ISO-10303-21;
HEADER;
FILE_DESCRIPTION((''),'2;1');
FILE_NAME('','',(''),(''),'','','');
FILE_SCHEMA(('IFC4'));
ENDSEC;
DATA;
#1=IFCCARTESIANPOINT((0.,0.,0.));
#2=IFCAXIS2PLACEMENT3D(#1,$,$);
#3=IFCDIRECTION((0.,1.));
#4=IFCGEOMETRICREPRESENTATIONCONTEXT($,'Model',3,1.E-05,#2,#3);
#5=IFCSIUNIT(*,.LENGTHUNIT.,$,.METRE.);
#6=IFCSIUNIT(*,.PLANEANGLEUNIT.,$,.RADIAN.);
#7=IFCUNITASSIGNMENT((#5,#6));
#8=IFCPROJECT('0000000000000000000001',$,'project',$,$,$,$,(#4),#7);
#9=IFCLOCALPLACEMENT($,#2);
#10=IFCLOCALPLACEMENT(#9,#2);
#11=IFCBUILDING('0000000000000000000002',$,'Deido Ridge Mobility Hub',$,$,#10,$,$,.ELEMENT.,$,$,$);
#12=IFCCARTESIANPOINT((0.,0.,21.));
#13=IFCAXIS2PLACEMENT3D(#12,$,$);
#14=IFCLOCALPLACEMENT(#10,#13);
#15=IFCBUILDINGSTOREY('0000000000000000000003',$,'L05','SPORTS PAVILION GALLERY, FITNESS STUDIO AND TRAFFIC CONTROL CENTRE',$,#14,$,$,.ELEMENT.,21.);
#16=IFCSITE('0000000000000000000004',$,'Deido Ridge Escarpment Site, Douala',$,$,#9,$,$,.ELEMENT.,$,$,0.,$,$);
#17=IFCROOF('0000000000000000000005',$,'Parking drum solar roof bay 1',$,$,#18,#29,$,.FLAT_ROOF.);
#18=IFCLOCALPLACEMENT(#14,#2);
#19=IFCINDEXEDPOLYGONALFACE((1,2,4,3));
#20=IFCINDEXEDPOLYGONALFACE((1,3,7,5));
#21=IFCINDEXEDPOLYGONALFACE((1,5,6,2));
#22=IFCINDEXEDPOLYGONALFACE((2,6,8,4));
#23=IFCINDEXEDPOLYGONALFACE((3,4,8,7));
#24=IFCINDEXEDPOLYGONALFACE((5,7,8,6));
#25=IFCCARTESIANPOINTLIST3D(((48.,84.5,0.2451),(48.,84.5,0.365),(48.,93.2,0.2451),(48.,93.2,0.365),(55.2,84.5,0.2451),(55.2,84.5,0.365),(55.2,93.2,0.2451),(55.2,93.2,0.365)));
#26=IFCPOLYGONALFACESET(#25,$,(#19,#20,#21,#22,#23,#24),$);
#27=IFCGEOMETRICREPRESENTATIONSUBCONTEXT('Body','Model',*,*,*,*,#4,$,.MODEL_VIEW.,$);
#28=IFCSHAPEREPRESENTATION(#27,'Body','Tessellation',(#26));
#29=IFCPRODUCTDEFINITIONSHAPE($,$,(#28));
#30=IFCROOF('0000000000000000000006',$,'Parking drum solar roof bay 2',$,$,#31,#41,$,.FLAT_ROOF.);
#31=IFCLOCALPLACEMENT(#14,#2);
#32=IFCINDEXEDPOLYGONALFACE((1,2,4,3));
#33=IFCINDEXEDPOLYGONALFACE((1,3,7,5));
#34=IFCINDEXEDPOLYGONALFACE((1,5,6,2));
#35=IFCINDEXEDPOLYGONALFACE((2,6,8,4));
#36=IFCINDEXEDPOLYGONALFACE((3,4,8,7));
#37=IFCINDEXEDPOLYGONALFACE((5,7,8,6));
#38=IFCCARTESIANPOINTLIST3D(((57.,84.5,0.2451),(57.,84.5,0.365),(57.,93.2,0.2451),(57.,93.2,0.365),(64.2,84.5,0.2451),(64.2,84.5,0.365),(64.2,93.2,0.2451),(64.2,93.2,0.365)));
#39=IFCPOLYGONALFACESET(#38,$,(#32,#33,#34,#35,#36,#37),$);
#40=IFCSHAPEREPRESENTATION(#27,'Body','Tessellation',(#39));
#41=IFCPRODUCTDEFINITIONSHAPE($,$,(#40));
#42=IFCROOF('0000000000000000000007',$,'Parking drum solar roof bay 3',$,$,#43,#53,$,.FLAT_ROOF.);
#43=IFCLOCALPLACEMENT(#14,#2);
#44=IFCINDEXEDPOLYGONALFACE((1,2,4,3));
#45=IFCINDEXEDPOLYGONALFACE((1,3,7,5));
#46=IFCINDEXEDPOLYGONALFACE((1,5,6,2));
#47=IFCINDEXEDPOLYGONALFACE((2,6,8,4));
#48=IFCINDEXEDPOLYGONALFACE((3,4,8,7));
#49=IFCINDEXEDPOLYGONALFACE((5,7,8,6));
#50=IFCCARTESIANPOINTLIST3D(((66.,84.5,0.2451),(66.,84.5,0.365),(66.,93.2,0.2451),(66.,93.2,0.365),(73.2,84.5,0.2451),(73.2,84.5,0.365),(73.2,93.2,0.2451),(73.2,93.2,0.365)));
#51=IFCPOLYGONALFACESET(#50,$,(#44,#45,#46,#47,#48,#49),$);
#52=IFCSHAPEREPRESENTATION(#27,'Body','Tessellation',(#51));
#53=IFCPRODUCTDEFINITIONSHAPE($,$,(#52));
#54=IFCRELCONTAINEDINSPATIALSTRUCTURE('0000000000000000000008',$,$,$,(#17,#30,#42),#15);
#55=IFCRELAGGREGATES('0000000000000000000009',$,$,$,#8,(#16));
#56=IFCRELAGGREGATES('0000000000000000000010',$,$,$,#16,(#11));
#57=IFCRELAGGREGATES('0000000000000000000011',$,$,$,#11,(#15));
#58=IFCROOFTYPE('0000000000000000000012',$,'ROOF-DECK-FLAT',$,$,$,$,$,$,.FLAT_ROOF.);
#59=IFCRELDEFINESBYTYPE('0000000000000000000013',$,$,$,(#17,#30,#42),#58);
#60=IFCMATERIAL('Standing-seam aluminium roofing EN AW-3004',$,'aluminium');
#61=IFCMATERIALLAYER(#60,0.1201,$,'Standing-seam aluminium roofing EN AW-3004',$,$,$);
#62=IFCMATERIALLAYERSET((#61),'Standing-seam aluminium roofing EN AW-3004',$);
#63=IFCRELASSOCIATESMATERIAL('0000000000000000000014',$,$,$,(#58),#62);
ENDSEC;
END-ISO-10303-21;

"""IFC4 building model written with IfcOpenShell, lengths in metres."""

from ifc_helpers import new_model, si_unit, direction, frame, origin, place, context, subcontext, project, spatial, polyline, outline, extrude, material, layer, layer_set, type_object, element, save


model = new_model("IFC4")

# Units and contexts
model_context = context("Model", 3, precision=1e-05, world=origin(), true_north=direction((0.0, 1.0)))
body_context = subcontext(model_context, "Body", "Model", "MODEL_VIEW")
ifc_project = project(units=[si_unit("LENGTHUNIT", "METRE"), si_unit("PLANEANGLEUNIT", "RADIAN")], contexts=[model_context])

# Site, building, storey
site_placement = place(None, origin())
site = spatial("IfcSite", under=ifc_project, at=site_placement, Name="Deido Ridge Escarpment Site, Douala", CompositionType="ELEMENT", RefElevation=0.0)
building_placement = place(site_placement, origin())
building = spatial("IfcBuilding", under=site, at=building_placement, Name="Deido Ridge Mobility Hub", CompositionType="ELEMENT")
storey_placement = place(building_placement, frame((0.0, 0.0, 21.0)))
storey = spatial("IfcBuildingStorey", under=building, at=storey_placement, Name="L05", Description="SPORTS PAVILION GALLERY, FITNESS STUDIO AND TRAFFIC CONTROL CENTRE", CompositionType="ELEMENT", Elevation=21.0)

# Roofs
ifc_material_1 = material(Name="Standing-seam aluminium roofing EN AW-3004", Category="aluminium")
ifc_layer_1 = layer(ifc_material_1, 0.1201, Name="Standing-seam aluminium roofing EN AW-3004")
ifc_layer_set_1 = layer_set([ifc_layer_1], Name="Standing-seam aluminium roofing EN AW-3004")
roof_type = type_object("IfcRoofType", Name="ROOF-DECK-FLAT", PredefinedType="FLAT_ROOF", material=ifc_layer_set_1)
roof_1_placement = place(storey_placement, frame((0.0, 0.0, 0.2451)))
element("IfcRoof", 1, at=roof_1_placement, inside=storey, type_object=roof_type, Name="Parking drum solar roof bay 1", PredefinedType="FLAT_ROOF", context=body_context, shape_type="SweptSolid", body=[
    extrude(outline(polyline([(48.0, 84.5), (55.2, 84.5), (55.2, 93.2), (48.0, 93.2), (48.0, 84.5)])), origin(), (0.0, 0.0, 1.0), 0.1199),
])
roof_2_placement = place(storey_placement, frame((0.0, 0.0, 0.2451)))
element("IfcRoof", 2, at=roof_2_placement, inside=storey, type_object=roof_type, Name="Parking drum solar roof bay 2", PredefinedType="FLAT_ROOF", context=body_context, shape_type="SweptSolid", body=[
    extrude(outline(polyline([(57.0, 84.5), (64.2, 84.5), (64.2, 93.2), (57.0, 93.2), (57.0, 84.5)])), origin(), (0.0, 0.0, 1.0), 0.1199),
])
roof_3_placement = place(storey_placement, frame((0.0, 0.0, 0.2451)))
element("IfcRoof", 3, at=roof_3_placement, inside=storey, type_object=roof_type, Name="Parking drum solar roof bay 3", PredefinedType="FLAT_ROOF", context=body_context, shape_type="SweptSolid", body=[
    extrude(outline(polyline([(66.0, 84.5), (73.2, 84.5), (73.2, 93.2), (66.0, 93.2), (66.0, 84.5)])), origin(), (0.0, 0.0, 1.0), 0.1199),
])

save(model, "model.ifc")
